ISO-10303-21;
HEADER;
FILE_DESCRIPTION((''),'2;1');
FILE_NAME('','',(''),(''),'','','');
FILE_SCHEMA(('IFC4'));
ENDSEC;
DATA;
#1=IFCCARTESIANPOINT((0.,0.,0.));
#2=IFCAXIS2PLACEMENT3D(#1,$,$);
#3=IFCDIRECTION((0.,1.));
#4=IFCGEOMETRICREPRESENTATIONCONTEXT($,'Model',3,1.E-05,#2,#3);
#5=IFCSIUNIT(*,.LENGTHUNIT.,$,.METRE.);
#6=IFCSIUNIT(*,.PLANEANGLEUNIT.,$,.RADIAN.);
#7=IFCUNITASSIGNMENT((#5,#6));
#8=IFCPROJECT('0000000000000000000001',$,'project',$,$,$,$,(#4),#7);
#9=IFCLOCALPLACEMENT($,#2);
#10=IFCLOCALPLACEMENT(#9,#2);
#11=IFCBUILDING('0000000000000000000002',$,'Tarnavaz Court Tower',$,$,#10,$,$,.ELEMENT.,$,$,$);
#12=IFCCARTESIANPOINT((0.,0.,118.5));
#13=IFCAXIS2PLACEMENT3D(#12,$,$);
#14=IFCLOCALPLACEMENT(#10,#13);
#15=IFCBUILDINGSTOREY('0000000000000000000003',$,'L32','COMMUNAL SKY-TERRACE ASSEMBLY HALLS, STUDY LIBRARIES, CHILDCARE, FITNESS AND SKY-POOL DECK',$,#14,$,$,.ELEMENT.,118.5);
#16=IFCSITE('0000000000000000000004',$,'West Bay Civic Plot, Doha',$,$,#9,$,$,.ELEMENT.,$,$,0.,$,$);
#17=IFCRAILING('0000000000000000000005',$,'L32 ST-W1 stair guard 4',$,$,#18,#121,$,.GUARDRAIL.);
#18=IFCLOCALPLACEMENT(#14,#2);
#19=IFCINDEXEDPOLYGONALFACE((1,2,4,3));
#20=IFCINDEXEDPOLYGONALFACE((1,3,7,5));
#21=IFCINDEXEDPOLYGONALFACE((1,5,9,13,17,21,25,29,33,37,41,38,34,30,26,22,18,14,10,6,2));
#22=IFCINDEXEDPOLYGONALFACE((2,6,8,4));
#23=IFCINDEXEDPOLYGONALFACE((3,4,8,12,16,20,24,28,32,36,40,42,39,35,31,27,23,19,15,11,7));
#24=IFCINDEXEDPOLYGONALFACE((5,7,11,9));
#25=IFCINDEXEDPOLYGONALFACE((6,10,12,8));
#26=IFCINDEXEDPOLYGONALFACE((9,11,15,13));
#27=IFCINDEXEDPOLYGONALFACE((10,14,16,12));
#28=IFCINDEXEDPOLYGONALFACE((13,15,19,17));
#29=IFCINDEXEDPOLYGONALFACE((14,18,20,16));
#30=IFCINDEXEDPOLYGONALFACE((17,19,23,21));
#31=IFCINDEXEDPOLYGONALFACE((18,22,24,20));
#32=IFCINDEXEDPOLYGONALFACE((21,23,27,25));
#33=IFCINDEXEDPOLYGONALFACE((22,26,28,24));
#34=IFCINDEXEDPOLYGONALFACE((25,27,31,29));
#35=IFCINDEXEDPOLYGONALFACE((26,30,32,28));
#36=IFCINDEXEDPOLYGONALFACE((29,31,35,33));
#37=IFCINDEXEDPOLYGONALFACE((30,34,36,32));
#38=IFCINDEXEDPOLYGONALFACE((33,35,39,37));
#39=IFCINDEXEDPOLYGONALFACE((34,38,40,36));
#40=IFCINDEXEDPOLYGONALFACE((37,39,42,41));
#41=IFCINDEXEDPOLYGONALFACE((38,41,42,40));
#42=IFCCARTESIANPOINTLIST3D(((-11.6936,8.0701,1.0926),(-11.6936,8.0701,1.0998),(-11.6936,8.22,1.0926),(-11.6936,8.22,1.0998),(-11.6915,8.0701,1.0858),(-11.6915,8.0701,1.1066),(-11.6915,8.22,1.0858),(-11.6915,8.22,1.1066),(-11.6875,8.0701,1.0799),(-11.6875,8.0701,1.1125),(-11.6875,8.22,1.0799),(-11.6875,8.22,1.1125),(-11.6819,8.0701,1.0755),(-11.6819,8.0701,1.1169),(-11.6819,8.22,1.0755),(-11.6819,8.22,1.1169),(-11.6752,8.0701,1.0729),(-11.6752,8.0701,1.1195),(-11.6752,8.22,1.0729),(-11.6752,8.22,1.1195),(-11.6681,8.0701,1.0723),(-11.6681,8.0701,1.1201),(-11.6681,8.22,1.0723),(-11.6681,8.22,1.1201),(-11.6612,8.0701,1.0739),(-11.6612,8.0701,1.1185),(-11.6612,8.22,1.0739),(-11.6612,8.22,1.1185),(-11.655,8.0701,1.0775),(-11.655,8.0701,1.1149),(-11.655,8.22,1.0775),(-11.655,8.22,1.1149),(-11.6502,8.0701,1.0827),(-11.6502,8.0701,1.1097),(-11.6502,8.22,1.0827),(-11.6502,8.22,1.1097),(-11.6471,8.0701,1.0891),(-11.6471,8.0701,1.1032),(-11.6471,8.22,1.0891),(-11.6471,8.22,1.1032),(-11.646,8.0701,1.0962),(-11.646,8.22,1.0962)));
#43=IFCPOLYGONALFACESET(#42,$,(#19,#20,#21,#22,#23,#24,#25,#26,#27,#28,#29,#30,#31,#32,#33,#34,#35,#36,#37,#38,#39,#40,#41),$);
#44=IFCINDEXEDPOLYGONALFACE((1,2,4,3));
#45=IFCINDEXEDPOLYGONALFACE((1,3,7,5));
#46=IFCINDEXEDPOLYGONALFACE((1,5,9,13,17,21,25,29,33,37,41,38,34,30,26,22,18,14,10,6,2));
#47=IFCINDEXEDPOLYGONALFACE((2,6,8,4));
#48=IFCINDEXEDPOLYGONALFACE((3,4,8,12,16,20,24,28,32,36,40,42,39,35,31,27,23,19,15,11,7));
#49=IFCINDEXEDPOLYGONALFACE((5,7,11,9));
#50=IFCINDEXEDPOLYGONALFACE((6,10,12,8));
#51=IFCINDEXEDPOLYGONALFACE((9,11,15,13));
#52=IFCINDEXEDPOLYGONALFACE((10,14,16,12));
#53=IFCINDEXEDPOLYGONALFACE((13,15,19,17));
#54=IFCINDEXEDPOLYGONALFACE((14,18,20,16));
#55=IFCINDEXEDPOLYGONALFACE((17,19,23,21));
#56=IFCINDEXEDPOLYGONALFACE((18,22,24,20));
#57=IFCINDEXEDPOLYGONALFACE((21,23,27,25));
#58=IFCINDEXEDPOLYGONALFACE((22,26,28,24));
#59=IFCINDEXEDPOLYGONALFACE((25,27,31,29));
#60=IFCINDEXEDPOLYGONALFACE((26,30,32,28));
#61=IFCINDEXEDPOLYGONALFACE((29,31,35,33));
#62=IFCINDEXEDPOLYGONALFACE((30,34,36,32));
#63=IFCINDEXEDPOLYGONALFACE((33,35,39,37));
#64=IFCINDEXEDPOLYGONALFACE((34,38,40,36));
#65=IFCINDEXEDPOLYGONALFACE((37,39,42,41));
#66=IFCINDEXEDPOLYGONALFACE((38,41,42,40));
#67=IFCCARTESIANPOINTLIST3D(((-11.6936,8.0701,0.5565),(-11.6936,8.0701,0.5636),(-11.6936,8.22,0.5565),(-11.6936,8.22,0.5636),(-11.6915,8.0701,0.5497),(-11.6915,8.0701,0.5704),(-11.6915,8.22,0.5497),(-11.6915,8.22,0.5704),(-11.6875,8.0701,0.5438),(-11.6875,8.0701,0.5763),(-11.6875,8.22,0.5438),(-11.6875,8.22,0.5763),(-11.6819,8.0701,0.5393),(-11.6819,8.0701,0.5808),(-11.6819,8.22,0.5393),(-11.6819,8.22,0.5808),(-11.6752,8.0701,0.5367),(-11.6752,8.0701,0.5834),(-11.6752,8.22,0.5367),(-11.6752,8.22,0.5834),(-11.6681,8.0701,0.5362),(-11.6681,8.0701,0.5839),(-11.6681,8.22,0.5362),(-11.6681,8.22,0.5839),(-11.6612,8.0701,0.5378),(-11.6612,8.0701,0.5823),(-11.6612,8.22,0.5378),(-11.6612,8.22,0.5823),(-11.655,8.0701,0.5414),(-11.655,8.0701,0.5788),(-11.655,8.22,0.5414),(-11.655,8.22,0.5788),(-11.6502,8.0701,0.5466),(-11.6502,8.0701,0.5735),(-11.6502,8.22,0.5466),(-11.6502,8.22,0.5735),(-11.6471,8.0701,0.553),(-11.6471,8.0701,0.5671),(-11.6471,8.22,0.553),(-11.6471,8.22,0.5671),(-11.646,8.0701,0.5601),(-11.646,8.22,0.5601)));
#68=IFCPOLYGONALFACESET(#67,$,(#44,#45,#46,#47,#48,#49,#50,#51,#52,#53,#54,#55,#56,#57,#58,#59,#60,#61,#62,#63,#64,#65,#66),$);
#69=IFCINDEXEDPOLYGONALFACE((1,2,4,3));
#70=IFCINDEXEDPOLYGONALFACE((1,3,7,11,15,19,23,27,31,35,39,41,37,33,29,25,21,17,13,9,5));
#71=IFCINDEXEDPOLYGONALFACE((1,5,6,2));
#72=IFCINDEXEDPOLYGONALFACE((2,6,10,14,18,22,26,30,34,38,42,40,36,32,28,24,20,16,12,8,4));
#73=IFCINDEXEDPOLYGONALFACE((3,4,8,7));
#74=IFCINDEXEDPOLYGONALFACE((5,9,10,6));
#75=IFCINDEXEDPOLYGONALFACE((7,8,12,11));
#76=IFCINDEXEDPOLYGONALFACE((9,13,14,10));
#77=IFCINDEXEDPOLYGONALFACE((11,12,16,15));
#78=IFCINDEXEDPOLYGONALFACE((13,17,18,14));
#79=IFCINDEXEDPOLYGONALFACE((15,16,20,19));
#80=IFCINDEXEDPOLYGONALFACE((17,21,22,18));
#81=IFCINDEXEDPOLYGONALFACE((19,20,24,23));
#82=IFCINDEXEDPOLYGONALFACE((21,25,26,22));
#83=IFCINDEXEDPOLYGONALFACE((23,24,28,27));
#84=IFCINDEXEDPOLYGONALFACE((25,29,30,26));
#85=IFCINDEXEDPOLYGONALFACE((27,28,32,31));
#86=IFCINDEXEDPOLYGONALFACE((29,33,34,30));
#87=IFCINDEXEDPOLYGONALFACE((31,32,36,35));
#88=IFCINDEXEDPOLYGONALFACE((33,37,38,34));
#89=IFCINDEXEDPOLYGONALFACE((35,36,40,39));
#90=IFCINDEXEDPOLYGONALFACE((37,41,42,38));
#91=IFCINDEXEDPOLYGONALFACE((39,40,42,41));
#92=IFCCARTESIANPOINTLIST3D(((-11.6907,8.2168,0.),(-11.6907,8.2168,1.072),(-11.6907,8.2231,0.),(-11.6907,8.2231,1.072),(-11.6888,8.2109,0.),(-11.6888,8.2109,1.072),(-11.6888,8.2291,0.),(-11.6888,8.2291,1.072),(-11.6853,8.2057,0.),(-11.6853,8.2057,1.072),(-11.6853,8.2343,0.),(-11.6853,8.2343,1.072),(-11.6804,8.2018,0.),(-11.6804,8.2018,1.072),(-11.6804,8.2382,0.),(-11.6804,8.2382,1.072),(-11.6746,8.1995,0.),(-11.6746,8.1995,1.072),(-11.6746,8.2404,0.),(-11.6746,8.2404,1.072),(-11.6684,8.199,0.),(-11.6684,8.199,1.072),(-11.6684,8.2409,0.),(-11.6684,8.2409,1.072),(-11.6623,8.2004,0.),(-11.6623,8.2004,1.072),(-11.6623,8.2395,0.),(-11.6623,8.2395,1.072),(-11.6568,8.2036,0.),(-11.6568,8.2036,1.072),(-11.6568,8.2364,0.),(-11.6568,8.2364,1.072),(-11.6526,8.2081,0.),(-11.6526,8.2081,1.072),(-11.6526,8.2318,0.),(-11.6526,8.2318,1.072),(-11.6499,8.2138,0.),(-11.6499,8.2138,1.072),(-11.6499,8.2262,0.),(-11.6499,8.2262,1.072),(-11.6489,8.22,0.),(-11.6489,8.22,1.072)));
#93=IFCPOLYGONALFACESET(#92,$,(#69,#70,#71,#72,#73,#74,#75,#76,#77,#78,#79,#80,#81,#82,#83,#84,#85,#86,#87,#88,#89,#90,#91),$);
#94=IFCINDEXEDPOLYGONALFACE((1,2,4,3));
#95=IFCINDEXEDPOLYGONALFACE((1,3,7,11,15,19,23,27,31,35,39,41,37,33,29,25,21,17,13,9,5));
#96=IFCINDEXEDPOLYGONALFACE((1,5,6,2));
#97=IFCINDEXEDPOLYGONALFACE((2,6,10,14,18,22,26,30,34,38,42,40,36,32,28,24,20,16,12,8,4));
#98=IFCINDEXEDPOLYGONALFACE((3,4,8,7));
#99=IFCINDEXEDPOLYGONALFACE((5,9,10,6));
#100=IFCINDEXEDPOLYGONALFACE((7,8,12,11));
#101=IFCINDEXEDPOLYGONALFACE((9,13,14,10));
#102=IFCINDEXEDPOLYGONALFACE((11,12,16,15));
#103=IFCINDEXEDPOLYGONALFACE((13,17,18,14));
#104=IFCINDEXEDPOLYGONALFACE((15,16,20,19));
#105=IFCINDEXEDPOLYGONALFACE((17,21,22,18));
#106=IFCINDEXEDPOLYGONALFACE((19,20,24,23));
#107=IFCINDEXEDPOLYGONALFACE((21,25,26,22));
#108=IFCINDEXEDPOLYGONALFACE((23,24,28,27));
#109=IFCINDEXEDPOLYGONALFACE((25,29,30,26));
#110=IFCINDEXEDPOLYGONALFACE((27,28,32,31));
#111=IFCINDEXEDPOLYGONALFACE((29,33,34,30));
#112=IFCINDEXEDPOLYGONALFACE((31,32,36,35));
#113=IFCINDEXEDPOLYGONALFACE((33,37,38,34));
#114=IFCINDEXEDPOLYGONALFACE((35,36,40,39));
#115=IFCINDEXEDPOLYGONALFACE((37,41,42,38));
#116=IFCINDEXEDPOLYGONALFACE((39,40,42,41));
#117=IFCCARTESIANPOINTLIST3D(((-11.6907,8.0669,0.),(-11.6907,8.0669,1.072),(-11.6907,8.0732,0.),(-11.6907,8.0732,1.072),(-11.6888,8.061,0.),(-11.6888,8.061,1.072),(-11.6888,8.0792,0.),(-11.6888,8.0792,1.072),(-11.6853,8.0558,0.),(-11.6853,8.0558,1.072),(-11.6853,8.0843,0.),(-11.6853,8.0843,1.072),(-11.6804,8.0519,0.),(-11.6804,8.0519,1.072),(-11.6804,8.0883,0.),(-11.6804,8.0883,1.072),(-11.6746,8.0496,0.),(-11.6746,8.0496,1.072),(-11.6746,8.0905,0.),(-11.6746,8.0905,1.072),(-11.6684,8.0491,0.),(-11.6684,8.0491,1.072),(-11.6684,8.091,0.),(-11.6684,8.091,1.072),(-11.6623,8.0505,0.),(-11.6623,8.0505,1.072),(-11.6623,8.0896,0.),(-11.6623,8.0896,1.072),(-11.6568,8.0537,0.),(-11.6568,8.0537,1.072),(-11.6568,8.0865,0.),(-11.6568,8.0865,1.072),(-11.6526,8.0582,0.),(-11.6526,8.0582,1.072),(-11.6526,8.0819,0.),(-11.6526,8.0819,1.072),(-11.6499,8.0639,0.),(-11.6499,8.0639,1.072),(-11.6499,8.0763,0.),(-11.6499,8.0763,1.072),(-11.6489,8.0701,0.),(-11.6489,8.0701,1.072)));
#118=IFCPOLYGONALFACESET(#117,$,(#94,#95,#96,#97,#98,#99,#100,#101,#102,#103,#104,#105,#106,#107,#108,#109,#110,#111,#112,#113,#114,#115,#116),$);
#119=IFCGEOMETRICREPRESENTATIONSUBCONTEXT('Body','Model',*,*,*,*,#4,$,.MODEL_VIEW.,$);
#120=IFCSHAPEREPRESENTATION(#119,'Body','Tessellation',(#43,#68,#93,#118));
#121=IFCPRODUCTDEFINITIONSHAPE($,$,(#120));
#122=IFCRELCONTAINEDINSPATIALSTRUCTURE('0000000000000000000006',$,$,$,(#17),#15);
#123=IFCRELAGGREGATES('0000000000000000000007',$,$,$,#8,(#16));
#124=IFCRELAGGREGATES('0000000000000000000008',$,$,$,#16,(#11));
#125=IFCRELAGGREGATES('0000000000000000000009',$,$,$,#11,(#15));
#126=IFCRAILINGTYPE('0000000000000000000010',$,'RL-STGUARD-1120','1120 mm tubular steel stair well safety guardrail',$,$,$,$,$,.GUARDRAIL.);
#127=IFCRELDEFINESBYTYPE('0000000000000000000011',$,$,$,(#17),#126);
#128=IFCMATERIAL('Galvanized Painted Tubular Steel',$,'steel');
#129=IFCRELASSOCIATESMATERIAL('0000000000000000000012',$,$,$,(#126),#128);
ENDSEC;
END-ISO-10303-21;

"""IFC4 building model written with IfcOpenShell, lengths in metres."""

from ifc_helpers import new_model, si_unit, direction, frame, origin, origin_2d, place, context, subcontext, project, spatial, circle, extrude, material, type_object, element, save


model = new_model("IFC4")

# Units and contexts
model_context = context("Model", 3, precision=1e-05, world=origin(), true_north=direction((0.0, 1.0)))
body_context = subcontext(model_context, "Body", "Model", "MODEL_VIEW")
ifc_project = project(units=[si_unit("LENGTHUNIT", "METRE"), si_unit("PLANEANGLEUNIT", "RADIAN")], contexts=[model_context])

# Site, building, storey
site_placement = place(None, origin())
site = spatial("IfcSite", under=ifc_project, at=site_placement, Name="West Bay Civic Plot, Doha", CompositionType="ELEMENT", RefElevation=0.0)
building_placement = place(site_placement, origin())
building = spatial("IfcBuilding", under=site, at=building_placement, Name="Tarnavaz Court Tower", CompositionType="ELEMENT")
storey_placement = place(building_placement, frame((0.0, 0.0, 118.5)))
storey = spatial("IfcBuildingStorey", under=building, at=storey_placement, Name="L32", Description="COMMUNAL SKY-TERRACE ASSEMBLY HALLS, STUDY LIBRARIES, CHILDCARE, FITNESS AND SKY-POOL DECK", CompositionType="ELEMENT", Elevation=118.5)

# Railing
ifc_material_1 = material(Name="Galvanized Painted Tubular Steel", Category="steel")
railing_type_1 = type_object("IfcRailingType", Name="RL-STGUARD-1120", Description="1120 mm tubular steel stair well safety guardrail", PredefinedType="GUARDRAIL", material=ifc_material_1)
railing_1_placement = place(storey_placement, frame((-11.6699, 8.22, 0.0)))
element("IfcRailing", 1, at=railing_1_placement, inside=storey, type_object=railing_type_1, Name="L32 ST-W1 stair guard 4", PredefinedType="GUARDRAIL", context=body_context, shape_type="SweptSolid", body=[
    extrude(circle(Radius=0.0239, at=origin_2d()), frame((0.0, 0.0, 1.0962), z_axis=(0.0, -1.0, 0.0), x_axis=(1.0, 0.0, 0.0)), (0.0, 0.0, 1.0), 0.1499),
    extrude(circle(Radius=0.0239, at=origin_2d()), frame((0.0, 0.0, 0.5601), z_axis=(0.0, -1.0, 0.0), x_axis=(1.0, 0.0, 0.0)), (0.0, 0.0, 1.0), 0.1499),
    extrude(circle(Radius=0.021, at=origin_2d()), origin(), (0.0, 0.0, 1.0), 1.072),
    extrude(circle(Radius=0.021, at=origin_2d()), frame((0.0, -0.1499, 0.0)), (0.0, 0.0, 1.0), 1.072),
])

save(model, "model.ifc")
